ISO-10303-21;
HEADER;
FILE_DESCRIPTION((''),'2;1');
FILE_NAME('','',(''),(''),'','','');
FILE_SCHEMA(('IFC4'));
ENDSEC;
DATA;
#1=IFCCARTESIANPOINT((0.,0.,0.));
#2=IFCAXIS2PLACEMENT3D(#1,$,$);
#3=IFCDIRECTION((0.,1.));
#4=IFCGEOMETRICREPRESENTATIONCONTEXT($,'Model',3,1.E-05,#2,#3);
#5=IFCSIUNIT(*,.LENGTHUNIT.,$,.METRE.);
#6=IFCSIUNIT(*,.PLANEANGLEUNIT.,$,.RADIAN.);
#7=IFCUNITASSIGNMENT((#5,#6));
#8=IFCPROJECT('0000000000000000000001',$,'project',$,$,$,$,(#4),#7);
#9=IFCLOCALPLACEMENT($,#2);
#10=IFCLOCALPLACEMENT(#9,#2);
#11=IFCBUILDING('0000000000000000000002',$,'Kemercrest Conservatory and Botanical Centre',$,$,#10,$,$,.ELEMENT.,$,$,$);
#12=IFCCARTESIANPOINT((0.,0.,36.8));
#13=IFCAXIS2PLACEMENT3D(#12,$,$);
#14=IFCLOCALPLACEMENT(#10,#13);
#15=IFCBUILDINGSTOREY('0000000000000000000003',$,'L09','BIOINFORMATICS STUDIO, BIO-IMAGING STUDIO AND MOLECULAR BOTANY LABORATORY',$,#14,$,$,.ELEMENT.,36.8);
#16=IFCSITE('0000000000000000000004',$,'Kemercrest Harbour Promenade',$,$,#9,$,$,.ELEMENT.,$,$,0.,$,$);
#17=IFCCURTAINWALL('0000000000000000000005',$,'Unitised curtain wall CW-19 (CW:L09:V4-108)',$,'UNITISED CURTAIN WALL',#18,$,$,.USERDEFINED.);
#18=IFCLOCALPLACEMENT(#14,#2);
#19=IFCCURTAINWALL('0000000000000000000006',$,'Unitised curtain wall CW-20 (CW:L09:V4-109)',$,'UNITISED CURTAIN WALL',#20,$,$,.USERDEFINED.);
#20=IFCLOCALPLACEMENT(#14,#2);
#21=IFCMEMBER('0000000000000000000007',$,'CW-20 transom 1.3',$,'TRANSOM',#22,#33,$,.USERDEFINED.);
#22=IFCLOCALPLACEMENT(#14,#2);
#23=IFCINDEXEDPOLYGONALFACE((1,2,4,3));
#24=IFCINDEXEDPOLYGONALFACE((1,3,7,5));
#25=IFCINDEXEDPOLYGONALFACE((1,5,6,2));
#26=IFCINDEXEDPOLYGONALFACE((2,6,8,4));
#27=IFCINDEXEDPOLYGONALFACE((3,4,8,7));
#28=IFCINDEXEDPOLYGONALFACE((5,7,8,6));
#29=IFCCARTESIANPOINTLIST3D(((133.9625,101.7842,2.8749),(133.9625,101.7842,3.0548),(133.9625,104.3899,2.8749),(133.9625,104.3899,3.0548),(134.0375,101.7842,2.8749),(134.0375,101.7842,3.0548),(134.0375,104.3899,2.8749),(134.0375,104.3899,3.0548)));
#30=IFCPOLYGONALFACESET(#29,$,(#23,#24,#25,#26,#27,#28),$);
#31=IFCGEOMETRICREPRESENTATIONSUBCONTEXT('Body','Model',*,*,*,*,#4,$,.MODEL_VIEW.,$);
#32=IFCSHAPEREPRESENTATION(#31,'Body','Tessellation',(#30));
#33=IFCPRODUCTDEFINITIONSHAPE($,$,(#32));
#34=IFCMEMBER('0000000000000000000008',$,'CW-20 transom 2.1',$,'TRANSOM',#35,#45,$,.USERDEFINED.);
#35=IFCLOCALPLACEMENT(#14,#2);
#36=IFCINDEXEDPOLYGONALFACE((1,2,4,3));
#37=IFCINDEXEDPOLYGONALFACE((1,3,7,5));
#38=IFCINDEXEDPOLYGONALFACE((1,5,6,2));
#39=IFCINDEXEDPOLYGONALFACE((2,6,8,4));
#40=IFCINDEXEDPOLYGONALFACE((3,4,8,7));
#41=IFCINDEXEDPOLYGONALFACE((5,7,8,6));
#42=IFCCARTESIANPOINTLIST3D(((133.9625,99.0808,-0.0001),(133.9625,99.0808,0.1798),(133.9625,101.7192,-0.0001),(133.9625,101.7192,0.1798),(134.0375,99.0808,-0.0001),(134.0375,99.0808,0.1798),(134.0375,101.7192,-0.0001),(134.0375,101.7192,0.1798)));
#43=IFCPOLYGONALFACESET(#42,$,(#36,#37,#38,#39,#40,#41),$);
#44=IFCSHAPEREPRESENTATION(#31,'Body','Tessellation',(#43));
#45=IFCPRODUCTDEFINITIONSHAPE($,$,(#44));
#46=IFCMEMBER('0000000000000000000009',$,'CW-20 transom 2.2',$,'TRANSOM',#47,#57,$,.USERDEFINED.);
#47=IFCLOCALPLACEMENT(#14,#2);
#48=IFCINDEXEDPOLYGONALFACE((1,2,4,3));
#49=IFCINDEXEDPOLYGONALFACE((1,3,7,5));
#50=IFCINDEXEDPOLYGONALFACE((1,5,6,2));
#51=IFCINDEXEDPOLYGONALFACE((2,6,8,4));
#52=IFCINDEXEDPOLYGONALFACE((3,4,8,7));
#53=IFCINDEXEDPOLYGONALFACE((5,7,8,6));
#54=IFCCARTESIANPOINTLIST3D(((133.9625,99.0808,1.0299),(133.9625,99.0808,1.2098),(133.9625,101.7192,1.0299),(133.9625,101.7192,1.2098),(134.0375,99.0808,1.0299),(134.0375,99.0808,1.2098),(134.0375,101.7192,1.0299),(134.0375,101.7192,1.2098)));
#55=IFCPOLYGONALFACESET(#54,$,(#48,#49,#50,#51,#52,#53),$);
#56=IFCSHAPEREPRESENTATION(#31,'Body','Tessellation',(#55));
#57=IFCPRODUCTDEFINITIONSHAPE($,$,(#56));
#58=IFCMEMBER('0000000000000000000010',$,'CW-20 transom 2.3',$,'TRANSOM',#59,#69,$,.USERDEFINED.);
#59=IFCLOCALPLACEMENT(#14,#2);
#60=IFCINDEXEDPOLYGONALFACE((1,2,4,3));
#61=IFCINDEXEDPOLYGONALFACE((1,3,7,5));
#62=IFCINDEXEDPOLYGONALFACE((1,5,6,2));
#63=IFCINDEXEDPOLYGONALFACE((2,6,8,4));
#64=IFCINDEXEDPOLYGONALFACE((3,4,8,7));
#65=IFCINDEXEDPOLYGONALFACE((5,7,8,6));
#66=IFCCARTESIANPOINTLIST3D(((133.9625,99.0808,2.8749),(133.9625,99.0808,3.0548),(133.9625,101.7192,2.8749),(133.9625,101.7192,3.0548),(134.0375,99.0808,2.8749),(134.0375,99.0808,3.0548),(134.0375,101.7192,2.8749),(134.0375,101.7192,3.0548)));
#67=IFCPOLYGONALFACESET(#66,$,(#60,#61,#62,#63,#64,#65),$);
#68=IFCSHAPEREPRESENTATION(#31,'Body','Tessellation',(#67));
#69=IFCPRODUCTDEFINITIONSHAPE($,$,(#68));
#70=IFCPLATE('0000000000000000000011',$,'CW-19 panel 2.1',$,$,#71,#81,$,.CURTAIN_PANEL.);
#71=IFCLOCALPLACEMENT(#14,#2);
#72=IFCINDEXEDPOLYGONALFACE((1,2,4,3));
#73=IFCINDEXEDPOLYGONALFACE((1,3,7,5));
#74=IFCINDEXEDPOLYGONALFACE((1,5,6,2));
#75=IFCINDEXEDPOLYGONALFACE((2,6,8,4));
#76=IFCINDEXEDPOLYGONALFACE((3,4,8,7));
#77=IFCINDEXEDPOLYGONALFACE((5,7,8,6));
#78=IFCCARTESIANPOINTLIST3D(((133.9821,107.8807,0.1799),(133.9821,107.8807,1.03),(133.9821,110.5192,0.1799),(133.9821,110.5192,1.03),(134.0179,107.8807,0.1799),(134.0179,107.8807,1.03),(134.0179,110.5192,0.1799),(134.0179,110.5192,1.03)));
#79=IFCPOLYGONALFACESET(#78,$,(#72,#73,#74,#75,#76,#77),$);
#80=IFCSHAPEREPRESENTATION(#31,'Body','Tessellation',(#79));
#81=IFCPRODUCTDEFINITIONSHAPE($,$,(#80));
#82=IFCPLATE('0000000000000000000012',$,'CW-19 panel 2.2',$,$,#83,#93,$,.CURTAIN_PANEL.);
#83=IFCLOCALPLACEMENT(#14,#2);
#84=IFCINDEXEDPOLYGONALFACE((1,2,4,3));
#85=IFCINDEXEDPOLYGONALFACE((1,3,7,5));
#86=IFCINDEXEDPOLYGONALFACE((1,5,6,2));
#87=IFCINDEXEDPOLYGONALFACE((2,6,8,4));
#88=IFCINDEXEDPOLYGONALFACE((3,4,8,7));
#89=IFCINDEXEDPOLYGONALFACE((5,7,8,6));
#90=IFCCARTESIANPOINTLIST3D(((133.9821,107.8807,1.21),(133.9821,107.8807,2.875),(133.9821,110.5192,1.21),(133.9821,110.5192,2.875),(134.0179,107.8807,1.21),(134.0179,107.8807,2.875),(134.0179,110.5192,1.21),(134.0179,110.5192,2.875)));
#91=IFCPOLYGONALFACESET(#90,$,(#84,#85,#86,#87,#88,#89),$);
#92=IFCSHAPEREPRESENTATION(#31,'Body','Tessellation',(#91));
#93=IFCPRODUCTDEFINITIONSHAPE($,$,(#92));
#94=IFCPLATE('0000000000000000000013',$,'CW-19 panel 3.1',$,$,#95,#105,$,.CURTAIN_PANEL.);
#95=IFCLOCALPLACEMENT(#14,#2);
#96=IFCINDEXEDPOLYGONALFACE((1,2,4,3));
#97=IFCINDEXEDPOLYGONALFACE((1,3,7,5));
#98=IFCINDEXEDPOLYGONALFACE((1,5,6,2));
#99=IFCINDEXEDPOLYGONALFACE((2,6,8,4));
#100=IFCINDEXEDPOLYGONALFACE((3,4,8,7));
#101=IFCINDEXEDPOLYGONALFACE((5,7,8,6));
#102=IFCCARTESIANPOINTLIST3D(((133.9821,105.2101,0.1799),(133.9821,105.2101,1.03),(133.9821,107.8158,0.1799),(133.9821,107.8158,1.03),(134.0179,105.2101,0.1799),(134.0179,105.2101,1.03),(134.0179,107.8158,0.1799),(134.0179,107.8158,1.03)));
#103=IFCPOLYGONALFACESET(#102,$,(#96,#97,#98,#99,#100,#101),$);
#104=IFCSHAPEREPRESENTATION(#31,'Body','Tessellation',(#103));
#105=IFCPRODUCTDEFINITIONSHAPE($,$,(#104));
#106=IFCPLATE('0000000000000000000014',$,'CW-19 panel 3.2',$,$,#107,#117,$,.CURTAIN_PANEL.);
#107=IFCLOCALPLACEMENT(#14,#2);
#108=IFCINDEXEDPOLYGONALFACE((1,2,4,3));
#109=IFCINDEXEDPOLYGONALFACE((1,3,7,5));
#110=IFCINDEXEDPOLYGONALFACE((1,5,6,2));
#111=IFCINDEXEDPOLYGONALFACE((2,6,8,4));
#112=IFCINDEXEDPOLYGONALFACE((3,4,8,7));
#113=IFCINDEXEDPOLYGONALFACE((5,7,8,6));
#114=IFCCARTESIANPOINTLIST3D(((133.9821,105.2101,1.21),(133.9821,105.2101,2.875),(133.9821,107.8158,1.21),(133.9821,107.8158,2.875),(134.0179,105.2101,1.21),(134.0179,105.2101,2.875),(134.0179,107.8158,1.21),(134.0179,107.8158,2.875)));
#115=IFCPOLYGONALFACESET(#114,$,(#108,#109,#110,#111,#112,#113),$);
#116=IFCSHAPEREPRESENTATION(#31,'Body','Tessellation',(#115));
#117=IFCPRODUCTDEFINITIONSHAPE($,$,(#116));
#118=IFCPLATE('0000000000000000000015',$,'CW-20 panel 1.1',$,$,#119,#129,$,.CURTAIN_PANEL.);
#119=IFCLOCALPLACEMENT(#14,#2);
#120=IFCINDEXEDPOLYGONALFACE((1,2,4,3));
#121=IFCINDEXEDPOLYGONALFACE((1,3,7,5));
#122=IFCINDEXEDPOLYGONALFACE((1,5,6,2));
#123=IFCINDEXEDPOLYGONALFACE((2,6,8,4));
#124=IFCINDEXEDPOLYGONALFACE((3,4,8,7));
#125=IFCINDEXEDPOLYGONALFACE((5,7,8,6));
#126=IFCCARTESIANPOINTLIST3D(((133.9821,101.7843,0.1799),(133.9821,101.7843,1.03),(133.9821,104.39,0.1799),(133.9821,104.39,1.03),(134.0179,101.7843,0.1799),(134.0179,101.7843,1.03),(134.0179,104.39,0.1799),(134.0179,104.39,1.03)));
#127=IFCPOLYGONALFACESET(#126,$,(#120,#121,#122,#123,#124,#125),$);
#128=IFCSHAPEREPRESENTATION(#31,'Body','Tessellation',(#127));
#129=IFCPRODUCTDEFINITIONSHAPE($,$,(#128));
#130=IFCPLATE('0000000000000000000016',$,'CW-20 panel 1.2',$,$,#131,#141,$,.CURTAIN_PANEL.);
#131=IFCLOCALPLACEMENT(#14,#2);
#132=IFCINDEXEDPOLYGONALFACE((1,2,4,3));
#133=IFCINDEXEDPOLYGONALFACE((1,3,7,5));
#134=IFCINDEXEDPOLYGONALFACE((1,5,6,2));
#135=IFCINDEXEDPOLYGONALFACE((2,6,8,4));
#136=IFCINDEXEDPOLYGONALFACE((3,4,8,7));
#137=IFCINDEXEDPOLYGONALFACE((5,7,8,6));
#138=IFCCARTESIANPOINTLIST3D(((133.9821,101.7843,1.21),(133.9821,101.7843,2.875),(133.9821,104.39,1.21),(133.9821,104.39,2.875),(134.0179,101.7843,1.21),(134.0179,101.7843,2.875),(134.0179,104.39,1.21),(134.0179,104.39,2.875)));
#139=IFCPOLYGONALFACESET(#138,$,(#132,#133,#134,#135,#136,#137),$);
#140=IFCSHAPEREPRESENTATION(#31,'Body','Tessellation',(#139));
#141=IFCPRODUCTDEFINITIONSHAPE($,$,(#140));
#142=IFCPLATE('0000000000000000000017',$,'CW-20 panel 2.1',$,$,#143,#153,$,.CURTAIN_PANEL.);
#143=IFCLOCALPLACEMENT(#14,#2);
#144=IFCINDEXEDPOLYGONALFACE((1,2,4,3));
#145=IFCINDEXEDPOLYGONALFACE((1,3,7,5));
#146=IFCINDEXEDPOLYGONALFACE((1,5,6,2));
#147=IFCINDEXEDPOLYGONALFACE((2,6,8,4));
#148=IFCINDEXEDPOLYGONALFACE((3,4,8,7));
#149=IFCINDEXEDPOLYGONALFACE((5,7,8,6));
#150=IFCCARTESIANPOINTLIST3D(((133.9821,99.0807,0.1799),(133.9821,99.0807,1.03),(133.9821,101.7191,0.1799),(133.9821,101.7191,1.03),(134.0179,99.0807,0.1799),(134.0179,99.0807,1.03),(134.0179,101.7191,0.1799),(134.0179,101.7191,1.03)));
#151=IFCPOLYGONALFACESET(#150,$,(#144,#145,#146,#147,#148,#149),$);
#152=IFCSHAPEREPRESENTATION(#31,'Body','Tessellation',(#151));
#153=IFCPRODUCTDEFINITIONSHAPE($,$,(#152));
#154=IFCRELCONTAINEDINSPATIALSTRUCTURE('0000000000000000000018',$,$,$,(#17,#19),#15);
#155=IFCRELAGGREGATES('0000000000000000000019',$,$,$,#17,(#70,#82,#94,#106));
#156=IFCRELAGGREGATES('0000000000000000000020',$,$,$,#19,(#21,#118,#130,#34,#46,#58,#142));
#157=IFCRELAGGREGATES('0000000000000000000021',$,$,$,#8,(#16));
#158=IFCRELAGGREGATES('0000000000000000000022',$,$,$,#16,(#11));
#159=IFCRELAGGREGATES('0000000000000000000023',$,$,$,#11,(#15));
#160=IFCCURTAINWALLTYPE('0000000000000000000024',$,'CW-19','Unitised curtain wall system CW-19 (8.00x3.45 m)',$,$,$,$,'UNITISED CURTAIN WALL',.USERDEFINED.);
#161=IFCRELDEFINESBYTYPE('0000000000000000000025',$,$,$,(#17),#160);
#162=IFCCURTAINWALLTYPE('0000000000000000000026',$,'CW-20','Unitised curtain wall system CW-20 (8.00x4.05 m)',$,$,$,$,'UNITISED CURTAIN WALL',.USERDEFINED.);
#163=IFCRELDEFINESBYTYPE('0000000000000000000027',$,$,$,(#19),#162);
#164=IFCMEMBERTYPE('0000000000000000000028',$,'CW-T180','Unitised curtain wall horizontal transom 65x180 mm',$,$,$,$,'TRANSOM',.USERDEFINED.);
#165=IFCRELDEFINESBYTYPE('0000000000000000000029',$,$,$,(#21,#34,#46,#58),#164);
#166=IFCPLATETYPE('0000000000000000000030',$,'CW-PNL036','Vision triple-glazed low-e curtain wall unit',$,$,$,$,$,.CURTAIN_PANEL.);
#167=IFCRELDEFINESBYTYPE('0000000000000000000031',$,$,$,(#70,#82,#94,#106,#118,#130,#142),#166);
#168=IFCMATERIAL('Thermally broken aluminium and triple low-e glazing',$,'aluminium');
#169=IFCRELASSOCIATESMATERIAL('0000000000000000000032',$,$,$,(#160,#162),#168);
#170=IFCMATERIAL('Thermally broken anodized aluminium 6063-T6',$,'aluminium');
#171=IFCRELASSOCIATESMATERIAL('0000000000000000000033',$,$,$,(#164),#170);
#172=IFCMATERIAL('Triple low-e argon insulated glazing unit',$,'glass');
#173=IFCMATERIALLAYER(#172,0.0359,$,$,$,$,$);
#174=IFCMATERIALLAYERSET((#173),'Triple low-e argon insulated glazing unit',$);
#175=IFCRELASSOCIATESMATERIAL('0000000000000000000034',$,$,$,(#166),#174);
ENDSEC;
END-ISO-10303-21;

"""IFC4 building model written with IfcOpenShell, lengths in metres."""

from ifc_helpers import new_model, si_unit, direction, frame, origin, origin_2d, place, context, subcontext, project, spatial, rectangle, extrude, material, layer, layer_set, material_profile, profile_set, type_object, element, aggregate, save


model = new_model("IFC4")

# Units and contexts
model_context = context("Model", 3, precision=1e-05, world=origin(), true_north=direction((0.0, 1.0)))
body_context = subcontext(model_context, "Body", "Model", "MODEL_VIEW")
ifc_project = project(units=[si_unit("LENGTHUNIT", "METRE"), si_unit("PLANEANGLEUNIT", "RADIAN")], contexts=[model_context])

# Site, building, storey
site_placement = place(None, origin())
site = spatial("IfcSite", under=ifc_project, at=site_placement, Name="Kemercrest Harbour Promenade", CompositionType="ELEMENT", RefElevation=0.0)
building_placement = place(site_placement, origin())
building = spatial("IfcBuilding", under=site, at=building_placement, Name="Kemercrest Conservatory and Botanical Centre", CompositionType="ELEMENT")
storey_placement = place(building_placement, frame((0.0, 0.0, 36.8)))
storey = spatial("IfcBuildingStorey", under=building, at=storey_placement, Name="L09", Description="BIOINFORMATICS STUDIO, BIO-IMAGING STUDIO AND MOLECULAR BOTANY LABORATORY", CompositionType="ELEMENT", Elevation=36.8)

# Curtain walls
ifc_material_1 = material(Name="Thermally broken aluminium and triple low-e glazing", Category="aluminium")
curtain_wall_type_1 = type_object("IfcCurtainWallType", Name="CW-19", Description="Unitised curtain wall system CW-19 (8.00x3.45 m)", ElementType="UNITISED CURTAIN WALL", PredefinedType="USERDEFINED", material=ifc_material_1)
curtain_wall_1_placement = place(storey_placement, origin())
curtain_wall_1 = element("IfcCurtainWall", 1, at=curtain_wall_1_placement, inside=storey, type_object=curtain_wall_type_1, Name="Unitised curtain wall CW-19 (CW:L09:V4-108)", ObjectType="UNITISED CURTAIN WALL", PredefinedType="USERDEFINED")
ifc_material_2 = material(Name="Thermally broken anodized aluminium 6063-T6", Category="aluminium")
curtain_wall_type_2 = type_object("IfcCurtainWallType", Name="CW-20", Description="Unitised curtain wall system CW-20 (8.00x4.05 m)", ElementType="UNITISED CURTAIN WALL", PredefinedType="USERDEFINED", material=ifc_material_1)
curtain_wall_2_placement = place(storey_placement, origin())
curtain_wall_2 = element("IfcCurtainWall", 2, at=curtain_wall_2_placement, inside=storey, type_object=curtain_wall_type_2, Name="Unitised curtain wall CW-20 (CW:L09:V4-109)", ObjectType="UNITISED CURTAIN WALL", PredefinedType="USERDEFINED")

# Members
ifc_material_profile_1 = material_profile(ifc_material_2, rectangle(XDim=0.075, YDim=0.1799, at=origin_2d()), Name="AL TRANSOM 75x180")
ifc_profile_set_1 = profile_set([ifc_material_profile_1], Name="Thermally broken anodized aluminium 6063-T6")
member_type_1 = type_object("IfcMemberType", Name="CW-T180", Description="Unitised curtain wall horizontal transom 65x180 mm", ElementType="TRANSOM", PredefinedType="USERDEFINED", material=ifc_profile_set_1)
member_1_placement = place(storey_placement, frame((134.0, 104.3899, 2.9648), z_axis=(0.0, -1.0, 0.0), x_axis=(1.0, 0.0, 0.0)))
member_1 = element("IfcMember", 3, at=member_1_placement, type_object=member_type_1, Name="CW-20 transom 1.3", ObjectType="TRANSOM", PredefinedType="USERDEFINED", context=body_context, shape_type="SweptSolid", body=[
    extrude(rectangle(XDim=0.075, YDim=0.1799, at=origin_2d()), origin(), (0.0, 0.0, 1.0), 2.6057),
])
member_2_placement = place(storey_placement, frame((134.0, 101.7192, 0.0898), z_axis=(0.0, -1.0, 0.0), x_axis=(1.0, 0.0, 0.0)))
member_2 = element("IfcMember", 4, at=member_2_placement, type_object=member_type_1, Name="CW-20 transom 2.1", ObjectType="TRANSOM", PredefinedType="USERDEFINED", context=body_context, shape_type="SweptSolid", body=[
    extrude(rectangle(XDim=0.075, YDim=0.1799, at=origin_2d()), origin(), (0.0, 0.0, 1.0), 2.6384),
])
member_3_placement = place(storey_placement, frame((134.0, 101.7192, 1.1199), z_axis=(0.0, -1.0, 0.0), x_axis=(1.0, 0.0, 0.0)))
member_3 = element("IfcMember", 5, at=member_3_placement, type_object=member_type_1, Name="CW-20 transom 2.2", ObjectType="TRANSOM", PredefinedType="USERDEFINED", context=body_context, shape_type="SweptSolid", body=[
    extrude(rectangle(XDim=0.075, YDim=0.1799, at=origin_2d()), origin(), (0.0, 0.0, 1.0), 2.6384),
])
member_4_placement = place(storey_placement, frame((134.0, 101.7192, 2.9648), z_axis=(0.0, -1.0, 0.0), x_axis=(1.0, 0.0, 0.0)))
member_4 = element("IfcMember", 6, at=member_4_placement, type_object=member_type_1, Name="CW-20 transom 2.3", ObjectType="TRANSOM", PredefinedType="USERDEFINED", context=body_context, shape_type="SweptSolid", body=[
    extrude(rectangle(XDim=0.075, YDim=0.1799, at=origin_2d()), origin(), (0.0, 0.0, 1.0), 2.6384),
])

# Plates
ifc_material_3 = material(Name="Triple low-e argon insulated glazing unit", Category="glass")
ifc_layer = layer(ifc_material_3, 0.0359)
ifc_layer_set = layer_set([ifc_layer], Name="Triple low-e argon insulated glazing unit")
plate_type = type_object("IfcPlateType", Name="CW-PNL036", Description="Vision triple-glazed low-e curtain wall unit", PredefinedType="CURTAIN_PANEL", material=ifc_layer_set)
plate_1_placement = place(storey_placement, frame((134.0, 109.2, 0.1799), z_axis=(0.0, 0.0, 1.0), x_axis=(0.0, -1.0, 0.0)))
plate_1 = element("IfcPlate", 7, at=plate_1_placement, type_object=plate_type, Name="CW-19 panel 2.1", PredefinedType="CURTAIN_PANEL", context=body_context, shape_type="SweptSolid", body=[
    extrude(rectangle(XDim=2.6384, YDim=0.0359, at=origin_2d()), origin(), (0.0, 0.0, 1.0), 0.8501),
])
plate_2_placement = place(storey_placement, frame((134.0, 109.2, 1.21), z_axis=(0.0, 0.0, 1.0), x_axis=(0.0, -1.0, 0.0)))
plate_2 = element("IfcPlate", 8, at=plate_2_placement, type_object=plate_type, Name="CW-19 panel 2.2", PredefinedType="CURTAIN_PANEL", context=body_context, shape_type="SweptSolid", body=[
    extrude(rectangle(XDim=2.6384, YDim=0.0359, at=origin_2d()), origin(), (0.0, 0.0, 1.0), 1.665),
])
plate_3_placement = place(storey_placement, frame((134.0, 106.5129, 0.1799), z_axis=(0.0, 0.0, 1.0), x_axis=(0.0, -1.0, 0.0)))
plate_3 = element("IfcPlate", 9, at=plate_3_placement, type_object=plate_type, Name="CW-19 panel 3.1", PredefinedType="CURTAIN_PANEL", context=body_context, shape_type="SweptSolid", body=[
    extrude(rectangle(XDim=2.6057, YDim=0.0359, at=origin_2d()), origin(), (0.0, 0.0, 1.0), 0.8501),
])
plate_4_placement = place(storey_placement, frame((134.0, 106.5129, 1.21), z_axis=(0.0, 0.0, 1.0), x_axis=(0.0, -1.0, 0.0)))
plate_4 = element("IfcPlate", 10, at=plate_4_placement, type_object=plate_type, Name="CW-19 panel 3.2", PredefinedType="CURTAIN_PANEL", context=body_context, shape_type="SweptSolid", body=[
    extrude(rectangle(XDim=2.6057, YDim=0.0359, at=origin_2d()), origin(), (0.0, 0.0, 1.0), 1.665),
])
aggregate(curtain_wall_1, [plate_1, plate_2, plate_3, plate_4])
plate_5_placement = place(storey_placement, frame((134.0, 103.0872, 0.1799), z_axis=(0.0, 0.0, 1.0), x_axis=(0.0, -1.0, 0.0)))
plate_5 = element("IfcPlate", 11, at=plate_5_placement, type_object=plate_type, Name="CW-20 panel 1.1", PredefinedType="CURTAIN_PANEL", context=body_context, shape_type="SweptSolid", body=[
    extrude(rectangle(XDim=2.6057, YDim=0.0359, at=origin_2d()), origin(), (0.0, 0.0, 1.0), 0.8501),
])
plate_6_placement = place(storey_placement, frame((134.0, 103.0872, 1.21), z_axis=(0.0, 0.0, 1.0), x_axis=(0.0, -1.0, 0.0)))
plate_6 = element("IfcPlate", 12, at=plate_6_placement, type_object=plate_type, Name="CW-20 panel 1.2", PredefinedType="CURTAIN_PANEL", context=body_context, shape_type="SweptSolid", body=[
    extrude(rectangle(XDim=2.6057, YDim=0.0359, at=origin_2d()), origin(), (0.0, 0.0, 1.0), 1.665),
])
plate_7_placement = place(storey_placement, frame((134.0, 100.3999, 0.1799), z_axis=(0.0, 0.0, 1.0), x_axis=(0.0, -1.0, 0.0)))
plate_7 = element("IfcPlate", 13, at=plate_7_placement, type_object=plate_type, Name="CW-20 panel 2.1", PredefinedType="CURTAIN_PANEL", context=body_context, shape_type="SweptSolid", body=[
    extrude(rectangle(XDim=2.6384, YDim=0.0359, at=origin_2d()), origin(), (0.0, 0.0, 1.0), 0.8501),
])
aggregate(curtain_wall_2, [member_1, plate_5, plate_6, member_2, member_3, member_4, plate_7])

save(model, "model.ifc")
